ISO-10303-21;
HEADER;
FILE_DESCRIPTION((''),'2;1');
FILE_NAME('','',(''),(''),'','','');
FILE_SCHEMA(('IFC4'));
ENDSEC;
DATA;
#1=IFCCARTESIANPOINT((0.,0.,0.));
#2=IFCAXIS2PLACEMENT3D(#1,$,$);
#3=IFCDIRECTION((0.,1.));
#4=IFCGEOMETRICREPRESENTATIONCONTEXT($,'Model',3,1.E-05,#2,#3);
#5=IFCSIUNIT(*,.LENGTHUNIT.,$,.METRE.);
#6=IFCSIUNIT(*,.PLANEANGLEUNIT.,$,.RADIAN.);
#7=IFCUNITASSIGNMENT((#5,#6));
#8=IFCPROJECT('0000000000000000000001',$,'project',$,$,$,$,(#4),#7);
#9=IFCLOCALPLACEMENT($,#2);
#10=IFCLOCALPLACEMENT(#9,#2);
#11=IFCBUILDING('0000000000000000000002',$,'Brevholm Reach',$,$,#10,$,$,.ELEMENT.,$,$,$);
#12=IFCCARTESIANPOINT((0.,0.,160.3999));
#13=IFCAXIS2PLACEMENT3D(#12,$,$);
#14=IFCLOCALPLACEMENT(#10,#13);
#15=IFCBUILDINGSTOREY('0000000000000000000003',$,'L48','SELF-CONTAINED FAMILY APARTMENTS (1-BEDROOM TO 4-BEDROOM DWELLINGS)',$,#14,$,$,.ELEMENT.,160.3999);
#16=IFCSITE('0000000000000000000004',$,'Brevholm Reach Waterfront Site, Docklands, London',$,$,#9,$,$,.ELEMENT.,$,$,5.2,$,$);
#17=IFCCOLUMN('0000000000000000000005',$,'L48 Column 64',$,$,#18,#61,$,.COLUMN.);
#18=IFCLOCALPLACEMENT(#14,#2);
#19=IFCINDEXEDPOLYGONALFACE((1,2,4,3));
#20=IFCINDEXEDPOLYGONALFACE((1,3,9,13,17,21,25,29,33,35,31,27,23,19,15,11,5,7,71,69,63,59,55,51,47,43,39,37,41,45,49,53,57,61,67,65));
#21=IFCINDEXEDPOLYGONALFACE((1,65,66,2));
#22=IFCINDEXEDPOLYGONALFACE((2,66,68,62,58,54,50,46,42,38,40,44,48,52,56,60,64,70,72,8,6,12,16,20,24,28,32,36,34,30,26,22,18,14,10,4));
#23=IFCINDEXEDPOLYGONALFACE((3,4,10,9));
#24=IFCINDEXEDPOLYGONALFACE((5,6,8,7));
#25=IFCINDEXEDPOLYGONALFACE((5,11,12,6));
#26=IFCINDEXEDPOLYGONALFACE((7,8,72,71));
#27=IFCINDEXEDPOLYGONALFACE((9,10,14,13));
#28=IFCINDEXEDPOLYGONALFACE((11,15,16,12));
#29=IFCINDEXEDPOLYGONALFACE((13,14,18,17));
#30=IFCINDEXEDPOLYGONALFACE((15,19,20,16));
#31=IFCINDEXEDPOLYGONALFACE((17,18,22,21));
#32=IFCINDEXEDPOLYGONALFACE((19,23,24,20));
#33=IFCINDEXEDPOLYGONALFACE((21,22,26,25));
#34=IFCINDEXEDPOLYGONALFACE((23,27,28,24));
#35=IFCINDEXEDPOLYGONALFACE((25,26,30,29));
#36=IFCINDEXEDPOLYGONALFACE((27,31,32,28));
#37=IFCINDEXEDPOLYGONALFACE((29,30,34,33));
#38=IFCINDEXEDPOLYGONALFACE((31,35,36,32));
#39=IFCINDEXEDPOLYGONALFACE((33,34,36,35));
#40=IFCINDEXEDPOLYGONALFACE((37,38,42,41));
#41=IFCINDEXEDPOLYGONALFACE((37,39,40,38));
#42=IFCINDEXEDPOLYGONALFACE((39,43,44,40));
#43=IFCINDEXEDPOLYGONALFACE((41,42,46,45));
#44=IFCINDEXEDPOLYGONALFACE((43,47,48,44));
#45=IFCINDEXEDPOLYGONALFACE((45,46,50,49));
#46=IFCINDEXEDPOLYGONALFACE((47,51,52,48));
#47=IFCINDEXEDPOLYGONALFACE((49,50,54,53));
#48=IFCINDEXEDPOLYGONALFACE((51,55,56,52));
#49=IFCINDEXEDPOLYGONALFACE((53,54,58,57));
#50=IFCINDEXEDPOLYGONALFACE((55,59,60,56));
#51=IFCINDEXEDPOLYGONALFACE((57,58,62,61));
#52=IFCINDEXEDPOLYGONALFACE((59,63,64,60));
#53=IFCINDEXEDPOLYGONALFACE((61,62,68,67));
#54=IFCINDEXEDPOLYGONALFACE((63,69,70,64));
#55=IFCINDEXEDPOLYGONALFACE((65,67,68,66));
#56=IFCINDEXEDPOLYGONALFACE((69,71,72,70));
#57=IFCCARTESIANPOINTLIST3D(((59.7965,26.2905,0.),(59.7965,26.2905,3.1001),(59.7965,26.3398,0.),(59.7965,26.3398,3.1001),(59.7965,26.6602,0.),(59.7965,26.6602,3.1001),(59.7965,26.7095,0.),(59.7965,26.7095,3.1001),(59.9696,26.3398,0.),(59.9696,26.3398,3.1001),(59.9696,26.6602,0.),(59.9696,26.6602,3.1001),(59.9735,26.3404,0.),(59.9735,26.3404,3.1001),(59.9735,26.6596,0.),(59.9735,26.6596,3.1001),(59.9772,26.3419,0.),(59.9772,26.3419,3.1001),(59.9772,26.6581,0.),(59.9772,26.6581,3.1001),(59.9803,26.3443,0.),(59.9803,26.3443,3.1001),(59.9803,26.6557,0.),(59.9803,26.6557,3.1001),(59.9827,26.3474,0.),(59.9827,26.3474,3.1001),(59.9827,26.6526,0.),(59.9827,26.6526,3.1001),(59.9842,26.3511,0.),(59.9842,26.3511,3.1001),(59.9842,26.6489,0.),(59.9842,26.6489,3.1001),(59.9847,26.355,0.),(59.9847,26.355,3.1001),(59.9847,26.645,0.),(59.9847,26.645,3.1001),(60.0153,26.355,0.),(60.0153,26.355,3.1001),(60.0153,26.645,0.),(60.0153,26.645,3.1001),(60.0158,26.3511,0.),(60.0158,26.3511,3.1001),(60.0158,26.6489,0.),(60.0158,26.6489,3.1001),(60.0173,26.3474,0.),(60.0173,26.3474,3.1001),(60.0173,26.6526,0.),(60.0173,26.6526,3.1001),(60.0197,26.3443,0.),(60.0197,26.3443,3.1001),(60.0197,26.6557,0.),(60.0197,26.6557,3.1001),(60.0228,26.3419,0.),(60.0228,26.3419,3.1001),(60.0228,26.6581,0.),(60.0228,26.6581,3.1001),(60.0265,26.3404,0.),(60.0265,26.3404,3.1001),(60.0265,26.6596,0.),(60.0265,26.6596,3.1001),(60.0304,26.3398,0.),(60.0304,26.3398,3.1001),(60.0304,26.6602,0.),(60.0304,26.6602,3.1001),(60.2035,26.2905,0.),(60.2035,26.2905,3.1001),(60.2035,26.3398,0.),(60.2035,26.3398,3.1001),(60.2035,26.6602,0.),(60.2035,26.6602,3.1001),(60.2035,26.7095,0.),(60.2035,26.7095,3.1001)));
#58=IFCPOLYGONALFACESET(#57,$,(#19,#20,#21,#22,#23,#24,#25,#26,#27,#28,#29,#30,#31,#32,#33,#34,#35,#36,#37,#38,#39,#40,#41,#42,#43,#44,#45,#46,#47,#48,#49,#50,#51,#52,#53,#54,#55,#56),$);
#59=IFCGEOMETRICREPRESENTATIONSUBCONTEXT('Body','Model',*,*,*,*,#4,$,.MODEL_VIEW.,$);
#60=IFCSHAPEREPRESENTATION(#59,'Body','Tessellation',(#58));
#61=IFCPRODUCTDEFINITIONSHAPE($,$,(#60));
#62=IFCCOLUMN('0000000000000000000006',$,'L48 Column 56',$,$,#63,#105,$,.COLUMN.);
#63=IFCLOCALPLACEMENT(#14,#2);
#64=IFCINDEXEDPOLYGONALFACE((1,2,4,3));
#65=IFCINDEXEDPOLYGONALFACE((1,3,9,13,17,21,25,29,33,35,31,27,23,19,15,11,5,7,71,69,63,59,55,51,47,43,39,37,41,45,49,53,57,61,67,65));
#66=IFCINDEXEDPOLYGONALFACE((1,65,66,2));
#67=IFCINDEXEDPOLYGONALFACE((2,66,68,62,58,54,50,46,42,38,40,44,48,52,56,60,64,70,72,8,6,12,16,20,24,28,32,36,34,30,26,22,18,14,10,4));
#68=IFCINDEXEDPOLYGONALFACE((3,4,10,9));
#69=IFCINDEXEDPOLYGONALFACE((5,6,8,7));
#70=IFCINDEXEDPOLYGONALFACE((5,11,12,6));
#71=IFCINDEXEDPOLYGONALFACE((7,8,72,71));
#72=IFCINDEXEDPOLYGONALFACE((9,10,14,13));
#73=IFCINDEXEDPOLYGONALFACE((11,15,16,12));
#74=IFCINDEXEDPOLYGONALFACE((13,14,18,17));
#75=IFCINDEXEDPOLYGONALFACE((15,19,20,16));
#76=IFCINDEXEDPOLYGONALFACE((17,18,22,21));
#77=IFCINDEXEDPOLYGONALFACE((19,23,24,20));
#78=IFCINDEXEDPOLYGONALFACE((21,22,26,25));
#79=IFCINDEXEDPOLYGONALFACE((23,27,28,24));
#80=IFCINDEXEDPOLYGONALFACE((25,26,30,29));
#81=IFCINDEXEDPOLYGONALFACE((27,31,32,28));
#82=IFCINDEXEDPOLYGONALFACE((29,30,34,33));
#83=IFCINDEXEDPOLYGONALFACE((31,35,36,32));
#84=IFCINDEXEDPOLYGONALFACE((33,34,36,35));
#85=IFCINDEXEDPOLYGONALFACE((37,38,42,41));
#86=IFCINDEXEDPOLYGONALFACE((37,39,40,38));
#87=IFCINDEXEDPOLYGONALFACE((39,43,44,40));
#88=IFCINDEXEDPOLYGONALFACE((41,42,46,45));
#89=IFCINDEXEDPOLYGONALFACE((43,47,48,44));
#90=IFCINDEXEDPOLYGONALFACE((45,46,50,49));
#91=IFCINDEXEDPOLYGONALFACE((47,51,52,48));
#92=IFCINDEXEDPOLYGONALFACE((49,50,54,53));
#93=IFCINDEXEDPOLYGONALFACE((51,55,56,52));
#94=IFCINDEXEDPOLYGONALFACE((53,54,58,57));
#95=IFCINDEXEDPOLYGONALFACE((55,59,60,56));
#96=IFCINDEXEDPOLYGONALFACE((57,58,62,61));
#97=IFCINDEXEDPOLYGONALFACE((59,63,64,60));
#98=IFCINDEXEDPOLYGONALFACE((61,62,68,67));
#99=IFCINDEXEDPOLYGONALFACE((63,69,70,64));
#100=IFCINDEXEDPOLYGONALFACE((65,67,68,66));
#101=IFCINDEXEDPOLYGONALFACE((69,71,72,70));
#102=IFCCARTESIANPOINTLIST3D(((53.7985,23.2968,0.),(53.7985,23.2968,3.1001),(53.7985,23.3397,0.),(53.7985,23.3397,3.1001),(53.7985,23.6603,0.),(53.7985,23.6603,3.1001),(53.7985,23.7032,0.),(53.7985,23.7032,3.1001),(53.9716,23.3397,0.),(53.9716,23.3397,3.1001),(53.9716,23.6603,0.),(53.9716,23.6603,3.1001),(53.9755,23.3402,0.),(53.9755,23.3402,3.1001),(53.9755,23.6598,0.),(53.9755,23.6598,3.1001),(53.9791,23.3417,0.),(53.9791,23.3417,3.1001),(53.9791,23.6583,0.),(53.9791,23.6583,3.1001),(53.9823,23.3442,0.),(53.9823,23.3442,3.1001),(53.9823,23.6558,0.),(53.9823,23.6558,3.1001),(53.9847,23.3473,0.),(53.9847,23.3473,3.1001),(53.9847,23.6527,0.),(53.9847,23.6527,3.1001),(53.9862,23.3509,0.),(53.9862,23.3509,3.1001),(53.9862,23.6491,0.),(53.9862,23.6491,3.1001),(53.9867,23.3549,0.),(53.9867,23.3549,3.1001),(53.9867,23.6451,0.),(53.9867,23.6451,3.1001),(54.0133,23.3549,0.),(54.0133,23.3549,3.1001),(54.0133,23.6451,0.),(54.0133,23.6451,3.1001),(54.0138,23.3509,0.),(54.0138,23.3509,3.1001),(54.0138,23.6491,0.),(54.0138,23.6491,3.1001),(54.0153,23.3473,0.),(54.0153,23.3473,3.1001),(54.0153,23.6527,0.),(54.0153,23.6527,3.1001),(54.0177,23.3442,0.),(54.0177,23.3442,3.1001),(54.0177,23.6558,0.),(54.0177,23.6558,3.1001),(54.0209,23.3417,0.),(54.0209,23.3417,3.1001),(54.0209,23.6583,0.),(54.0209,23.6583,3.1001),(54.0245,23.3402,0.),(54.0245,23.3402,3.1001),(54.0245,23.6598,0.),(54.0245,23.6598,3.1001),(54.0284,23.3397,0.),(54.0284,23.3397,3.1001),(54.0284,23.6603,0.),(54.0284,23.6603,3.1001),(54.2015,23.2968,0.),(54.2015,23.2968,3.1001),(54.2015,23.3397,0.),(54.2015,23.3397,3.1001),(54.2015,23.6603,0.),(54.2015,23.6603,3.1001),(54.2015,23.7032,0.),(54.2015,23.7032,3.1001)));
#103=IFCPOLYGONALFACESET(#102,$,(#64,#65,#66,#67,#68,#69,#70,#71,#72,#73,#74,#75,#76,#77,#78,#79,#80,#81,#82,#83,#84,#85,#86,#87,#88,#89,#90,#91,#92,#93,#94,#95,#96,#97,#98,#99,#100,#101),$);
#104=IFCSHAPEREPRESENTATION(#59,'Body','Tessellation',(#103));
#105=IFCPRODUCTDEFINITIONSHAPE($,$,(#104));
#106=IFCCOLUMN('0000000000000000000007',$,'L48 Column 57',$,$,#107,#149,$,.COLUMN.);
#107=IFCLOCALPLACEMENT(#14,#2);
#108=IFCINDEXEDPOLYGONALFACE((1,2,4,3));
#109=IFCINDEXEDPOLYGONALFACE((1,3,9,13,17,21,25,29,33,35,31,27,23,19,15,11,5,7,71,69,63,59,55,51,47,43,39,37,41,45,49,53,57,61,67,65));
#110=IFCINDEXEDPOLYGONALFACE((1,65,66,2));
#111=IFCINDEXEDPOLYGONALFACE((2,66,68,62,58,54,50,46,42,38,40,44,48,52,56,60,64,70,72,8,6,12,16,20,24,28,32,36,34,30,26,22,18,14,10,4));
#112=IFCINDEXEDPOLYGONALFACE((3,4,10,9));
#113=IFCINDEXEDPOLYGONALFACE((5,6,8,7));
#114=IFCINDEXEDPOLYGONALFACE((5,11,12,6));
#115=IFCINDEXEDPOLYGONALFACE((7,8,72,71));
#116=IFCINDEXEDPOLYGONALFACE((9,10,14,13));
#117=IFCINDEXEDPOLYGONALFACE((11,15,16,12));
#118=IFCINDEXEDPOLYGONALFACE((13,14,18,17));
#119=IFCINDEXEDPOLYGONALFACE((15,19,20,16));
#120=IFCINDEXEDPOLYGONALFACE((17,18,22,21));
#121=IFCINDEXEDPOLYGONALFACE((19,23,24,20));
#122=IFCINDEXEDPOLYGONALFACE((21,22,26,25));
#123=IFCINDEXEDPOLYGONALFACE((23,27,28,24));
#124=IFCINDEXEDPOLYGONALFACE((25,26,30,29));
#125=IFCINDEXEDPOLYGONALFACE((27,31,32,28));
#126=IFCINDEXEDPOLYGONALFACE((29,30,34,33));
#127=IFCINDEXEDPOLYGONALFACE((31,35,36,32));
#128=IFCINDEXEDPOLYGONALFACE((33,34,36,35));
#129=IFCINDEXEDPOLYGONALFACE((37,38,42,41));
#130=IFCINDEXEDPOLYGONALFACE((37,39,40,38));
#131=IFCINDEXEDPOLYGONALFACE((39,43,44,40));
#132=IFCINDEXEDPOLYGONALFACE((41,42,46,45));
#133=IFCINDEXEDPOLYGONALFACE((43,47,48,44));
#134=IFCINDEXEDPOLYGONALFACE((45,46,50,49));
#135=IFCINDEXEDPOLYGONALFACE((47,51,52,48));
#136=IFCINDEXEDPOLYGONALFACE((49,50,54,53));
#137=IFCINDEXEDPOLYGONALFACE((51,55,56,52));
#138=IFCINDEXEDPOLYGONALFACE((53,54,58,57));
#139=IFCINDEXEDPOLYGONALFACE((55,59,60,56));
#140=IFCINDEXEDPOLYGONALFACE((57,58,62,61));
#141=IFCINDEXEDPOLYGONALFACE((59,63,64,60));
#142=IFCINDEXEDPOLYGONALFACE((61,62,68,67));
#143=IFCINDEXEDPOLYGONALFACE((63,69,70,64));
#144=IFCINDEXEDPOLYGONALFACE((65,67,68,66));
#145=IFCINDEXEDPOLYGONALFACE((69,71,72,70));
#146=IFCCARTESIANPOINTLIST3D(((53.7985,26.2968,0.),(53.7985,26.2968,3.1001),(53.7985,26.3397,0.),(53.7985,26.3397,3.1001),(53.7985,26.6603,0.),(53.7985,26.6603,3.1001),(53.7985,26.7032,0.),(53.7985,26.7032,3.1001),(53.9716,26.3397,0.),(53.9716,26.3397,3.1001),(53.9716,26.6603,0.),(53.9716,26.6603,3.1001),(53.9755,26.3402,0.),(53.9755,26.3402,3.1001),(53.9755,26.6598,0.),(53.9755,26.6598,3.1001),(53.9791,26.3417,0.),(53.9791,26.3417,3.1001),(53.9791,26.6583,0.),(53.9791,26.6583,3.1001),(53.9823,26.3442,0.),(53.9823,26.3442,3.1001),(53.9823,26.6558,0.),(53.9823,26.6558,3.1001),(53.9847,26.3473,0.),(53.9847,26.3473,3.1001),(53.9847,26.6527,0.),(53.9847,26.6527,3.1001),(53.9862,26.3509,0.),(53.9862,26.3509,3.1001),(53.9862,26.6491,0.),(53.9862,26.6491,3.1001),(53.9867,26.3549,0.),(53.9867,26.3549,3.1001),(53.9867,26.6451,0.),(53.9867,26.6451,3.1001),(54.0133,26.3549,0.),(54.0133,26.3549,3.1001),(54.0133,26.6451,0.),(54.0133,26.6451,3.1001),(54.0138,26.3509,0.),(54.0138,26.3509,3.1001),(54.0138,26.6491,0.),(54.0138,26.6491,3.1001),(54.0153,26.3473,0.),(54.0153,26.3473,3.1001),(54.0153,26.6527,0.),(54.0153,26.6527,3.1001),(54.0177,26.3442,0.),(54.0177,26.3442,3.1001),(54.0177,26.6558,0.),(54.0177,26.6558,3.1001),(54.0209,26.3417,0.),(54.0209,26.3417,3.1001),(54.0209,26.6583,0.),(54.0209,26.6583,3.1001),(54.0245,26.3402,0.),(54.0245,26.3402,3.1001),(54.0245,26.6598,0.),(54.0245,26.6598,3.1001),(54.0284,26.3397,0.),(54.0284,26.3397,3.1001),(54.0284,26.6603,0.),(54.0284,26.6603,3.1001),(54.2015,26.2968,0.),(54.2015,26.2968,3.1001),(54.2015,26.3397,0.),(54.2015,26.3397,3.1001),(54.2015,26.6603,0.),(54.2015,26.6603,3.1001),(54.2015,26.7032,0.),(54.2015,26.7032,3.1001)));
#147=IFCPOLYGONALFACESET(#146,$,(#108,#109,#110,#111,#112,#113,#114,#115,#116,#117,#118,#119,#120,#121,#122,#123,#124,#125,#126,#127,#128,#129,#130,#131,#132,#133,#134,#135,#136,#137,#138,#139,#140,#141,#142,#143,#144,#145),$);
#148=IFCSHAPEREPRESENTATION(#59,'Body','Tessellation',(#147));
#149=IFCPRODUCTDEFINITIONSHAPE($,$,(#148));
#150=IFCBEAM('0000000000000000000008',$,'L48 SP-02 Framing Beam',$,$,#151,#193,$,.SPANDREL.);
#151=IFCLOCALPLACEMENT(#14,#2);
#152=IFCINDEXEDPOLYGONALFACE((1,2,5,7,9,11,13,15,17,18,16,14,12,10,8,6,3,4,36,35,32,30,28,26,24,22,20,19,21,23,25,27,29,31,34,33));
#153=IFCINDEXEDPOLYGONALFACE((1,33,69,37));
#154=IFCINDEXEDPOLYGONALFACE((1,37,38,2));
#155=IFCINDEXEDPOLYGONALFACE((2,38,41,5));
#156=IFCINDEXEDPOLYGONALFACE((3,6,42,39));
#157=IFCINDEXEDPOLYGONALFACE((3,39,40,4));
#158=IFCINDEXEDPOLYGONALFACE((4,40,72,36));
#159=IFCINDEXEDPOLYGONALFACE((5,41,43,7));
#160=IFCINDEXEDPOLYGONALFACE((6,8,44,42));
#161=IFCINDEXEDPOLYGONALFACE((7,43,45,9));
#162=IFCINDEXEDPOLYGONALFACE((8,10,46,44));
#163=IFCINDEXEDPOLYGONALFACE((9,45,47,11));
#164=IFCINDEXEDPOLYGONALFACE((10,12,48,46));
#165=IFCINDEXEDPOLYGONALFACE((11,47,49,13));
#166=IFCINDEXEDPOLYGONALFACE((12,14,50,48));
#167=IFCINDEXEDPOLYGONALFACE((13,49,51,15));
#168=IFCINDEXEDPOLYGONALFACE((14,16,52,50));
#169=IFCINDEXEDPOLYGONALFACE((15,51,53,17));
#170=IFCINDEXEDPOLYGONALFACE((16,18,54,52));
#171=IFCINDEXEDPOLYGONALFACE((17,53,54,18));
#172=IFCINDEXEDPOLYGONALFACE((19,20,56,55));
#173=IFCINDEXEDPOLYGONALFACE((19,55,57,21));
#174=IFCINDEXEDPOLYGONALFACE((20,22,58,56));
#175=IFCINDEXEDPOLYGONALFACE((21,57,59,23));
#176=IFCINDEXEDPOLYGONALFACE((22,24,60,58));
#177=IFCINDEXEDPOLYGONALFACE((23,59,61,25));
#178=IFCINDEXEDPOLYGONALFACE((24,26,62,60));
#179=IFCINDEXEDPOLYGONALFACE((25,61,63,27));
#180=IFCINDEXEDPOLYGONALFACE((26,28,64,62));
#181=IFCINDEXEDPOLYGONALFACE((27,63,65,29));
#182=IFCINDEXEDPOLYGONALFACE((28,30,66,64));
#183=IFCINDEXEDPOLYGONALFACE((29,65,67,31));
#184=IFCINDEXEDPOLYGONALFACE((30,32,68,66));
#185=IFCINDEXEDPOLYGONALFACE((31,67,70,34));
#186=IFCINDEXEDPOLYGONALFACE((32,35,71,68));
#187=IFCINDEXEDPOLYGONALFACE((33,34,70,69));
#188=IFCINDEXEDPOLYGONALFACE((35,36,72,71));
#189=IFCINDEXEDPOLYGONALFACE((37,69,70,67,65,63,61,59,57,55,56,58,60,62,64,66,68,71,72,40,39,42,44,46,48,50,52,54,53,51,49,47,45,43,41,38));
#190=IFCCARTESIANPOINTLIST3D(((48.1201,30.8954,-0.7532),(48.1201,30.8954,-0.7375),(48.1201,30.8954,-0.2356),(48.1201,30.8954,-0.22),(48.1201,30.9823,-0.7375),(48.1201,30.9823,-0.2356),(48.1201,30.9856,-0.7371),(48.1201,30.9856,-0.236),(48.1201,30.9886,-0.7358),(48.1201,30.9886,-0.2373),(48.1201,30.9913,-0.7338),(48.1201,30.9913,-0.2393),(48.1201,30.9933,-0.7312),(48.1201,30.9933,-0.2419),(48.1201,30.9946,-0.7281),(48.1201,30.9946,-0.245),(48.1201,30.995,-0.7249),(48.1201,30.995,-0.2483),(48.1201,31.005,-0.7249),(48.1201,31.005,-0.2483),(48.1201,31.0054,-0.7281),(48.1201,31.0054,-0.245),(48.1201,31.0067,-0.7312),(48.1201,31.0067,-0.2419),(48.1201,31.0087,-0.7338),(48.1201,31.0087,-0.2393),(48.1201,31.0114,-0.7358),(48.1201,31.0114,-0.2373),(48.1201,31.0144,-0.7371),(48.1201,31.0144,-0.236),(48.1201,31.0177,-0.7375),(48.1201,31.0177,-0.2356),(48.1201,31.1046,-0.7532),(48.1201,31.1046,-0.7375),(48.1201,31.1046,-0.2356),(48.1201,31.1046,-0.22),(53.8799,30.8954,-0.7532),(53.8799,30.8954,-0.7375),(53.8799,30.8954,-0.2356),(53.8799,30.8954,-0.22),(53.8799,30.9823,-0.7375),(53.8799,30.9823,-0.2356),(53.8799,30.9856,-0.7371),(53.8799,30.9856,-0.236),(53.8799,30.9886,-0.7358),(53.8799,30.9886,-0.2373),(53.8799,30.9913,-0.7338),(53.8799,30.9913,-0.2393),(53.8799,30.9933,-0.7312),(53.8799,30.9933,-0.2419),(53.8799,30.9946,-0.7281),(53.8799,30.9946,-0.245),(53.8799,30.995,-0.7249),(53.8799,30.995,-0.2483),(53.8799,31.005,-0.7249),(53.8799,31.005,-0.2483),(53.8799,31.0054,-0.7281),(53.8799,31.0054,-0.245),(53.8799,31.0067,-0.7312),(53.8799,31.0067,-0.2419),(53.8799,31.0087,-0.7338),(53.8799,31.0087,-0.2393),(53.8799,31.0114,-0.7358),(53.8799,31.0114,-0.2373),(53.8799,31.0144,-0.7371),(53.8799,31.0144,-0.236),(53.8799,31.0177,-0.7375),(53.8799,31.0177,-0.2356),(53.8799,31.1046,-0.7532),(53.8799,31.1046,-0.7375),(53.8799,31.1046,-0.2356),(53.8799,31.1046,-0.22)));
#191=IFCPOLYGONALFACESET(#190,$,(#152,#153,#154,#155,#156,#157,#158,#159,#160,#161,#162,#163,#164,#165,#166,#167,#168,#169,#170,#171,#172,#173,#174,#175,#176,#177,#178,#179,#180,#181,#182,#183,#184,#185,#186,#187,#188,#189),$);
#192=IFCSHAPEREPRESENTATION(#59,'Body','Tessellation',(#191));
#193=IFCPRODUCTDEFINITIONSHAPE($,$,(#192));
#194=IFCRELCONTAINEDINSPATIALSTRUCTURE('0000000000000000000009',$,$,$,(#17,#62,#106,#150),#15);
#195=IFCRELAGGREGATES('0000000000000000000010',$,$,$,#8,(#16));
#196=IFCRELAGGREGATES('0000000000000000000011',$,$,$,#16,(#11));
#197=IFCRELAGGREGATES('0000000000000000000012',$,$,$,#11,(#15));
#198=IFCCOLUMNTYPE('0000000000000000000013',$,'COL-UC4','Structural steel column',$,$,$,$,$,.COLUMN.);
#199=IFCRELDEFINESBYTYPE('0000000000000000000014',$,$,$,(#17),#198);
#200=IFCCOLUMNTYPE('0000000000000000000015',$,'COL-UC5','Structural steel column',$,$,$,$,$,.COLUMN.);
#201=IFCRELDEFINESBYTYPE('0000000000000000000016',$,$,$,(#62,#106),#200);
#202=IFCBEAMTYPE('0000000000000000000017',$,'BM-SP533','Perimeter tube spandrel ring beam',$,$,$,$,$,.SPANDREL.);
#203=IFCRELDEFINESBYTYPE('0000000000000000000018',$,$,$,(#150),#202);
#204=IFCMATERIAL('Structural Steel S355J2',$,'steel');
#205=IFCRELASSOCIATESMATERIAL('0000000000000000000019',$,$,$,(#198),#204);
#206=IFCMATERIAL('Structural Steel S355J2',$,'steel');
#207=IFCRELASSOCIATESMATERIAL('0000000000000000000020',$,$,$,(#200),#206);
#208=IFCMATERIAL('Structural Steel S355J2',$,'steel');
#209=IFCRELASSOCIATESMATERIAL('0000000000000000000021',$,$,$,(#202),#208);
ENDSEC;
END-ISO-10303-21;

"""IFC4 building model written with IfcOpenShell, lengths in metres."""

from ifc_helpers import new_model, si_unit, direction, frame, origin, origin_2d, place, context, subcontext, project, spatial, i_section, extrude, material, material_profile, profile_set, type_object, element, save


model = new_model("IFC4")

# Units and contexts
model_context = context("Model", 3, precision=1e-05, world=origin(), true_north=direction((0.0, 1.0)))
body_context = subcontext(model_context, "Body", "Model", "MODEL_VIEW")
ifc_project = project(units=[si_unit("LENGTHUNIT", "METRE"), si_unit("PLANEANGLEUNIT", "RADIAN")], contexts=[model_context])

# Site, building, storey
site_placement = place(None, origin())
site = spatial("IfcSite", under=ifc_project, at=site_placement, Name="Brevholm Reach Waterfront Site, Docklands, London", CompositionType="ELEMENT", RefElevation=5.2)
building_placement = place(site_placement, origin())
building = spatial("IfcBuilding", under=site, at=building_placement, Name="Brevholm Reach", CompositionType="ELEMENT")
storey_placement = place(building_placement, frame((0.0, 0.0, 160.3999)))
storey = spatial("IfcBuildingStorey", under=building, at=storey_placement, Name="L48", Description="SELF-CONTAINED FAMILY APARTMENTS (1-BEDROOM TO 4-BEDROOM DWELLINGS)", CompositionType="ELEMENT", Elevation=160.3999)

# Columns
ifc_material_1 = material(Name="Structural Steel S355J2", Category="steel")
ifc_material_profile_1 = material_profile(ifc_material_1, i_section(OverallWidth=0.407, OverallDepth=0.4189, WebThickness=0.0305, FlangeThickness=0.0493, FilletRadius=0.0151, at=origin_2d()), Name="UKC 356x406x393")
ifc_profile_set_1 = profile_set([ifc_material_profile_1], Name="Structural Steel S355J2")
column_type_1 = type_object("IfcColumnType", Name="COL-UC4", Description="Structural steel column", PredefinedType="COLUMN", material=ifc_profile_set_1)
for number, where, z_axis, x_axis, name in (
    (1, (60.0, 26.5, 0.0), (0.0, 0.0, 1.0), (1.0, 0.0, 0.0), "L48 Column 64"),
):
    element("IfcColumn", number, at=place(storey_placement, frame(where, z_axis=z_axis, x_axis=x_axis)), inside=storey, type_object=column_type_1, Name=name, PredefinedType="COLUMN", context=body_context, shape_type="SweptSolid", body=[
        extrude(i_section(OverallWidth=0.407, OverallDepth=0.4189, WebThickness=0.0305, FlangeThickness=0.0493, FilletRadius=0.0151, at=origin_2d()), origin(), (0.0, 0.0, 1.0), 3.1001),
    ])
ifc_material_2 = material(Name="Structural Steel S355J2", Category="steel")
ifc_material_profile_2 = material_profile(ifc_material_2, i_section(OverallWidth=0.4031, OverallDepth=0.4065, WebThickness=0.0266, FlangeThickness=0.043, FilletRadius=0.0151, at=origin_2d()), Name="UKC 356x406x340")
ifc_profile_set_2 = profile_set([ifc_material_profile_2], Name="Structural Steel S355J2")
column_type_2 = type_object("IfcColumnType", Name="COL-UC5", Description="Structural steel column", PredefinedType="COLUMN", material=ifc_profile_set_2)
for number, where, z_axis, x_axis, name in (
    (2, (54.0, 23.5, 0.0), (0.0, 0.0, 1.0), (1.0, 0.0, 0.0), "L48 Column 56"),
    (3, (54.0, 26.5, 0.0), (0.0, 0.0, 1.0), (1.0, 0.0, 0.0), "L48 Column 57"),
):
    element("IfcColumn", number, at=place(storey_placement, frame(where, z_axis=z_axis, x_axis=x_axis)), inside=storey, type_object=column_type_2, Name=name, PredefinedType="COLUMN", context=body_context, shape_type="SweptSolid", body=[
        extrude(i_section(OverallWidth=0.4031, OverallDepth=0.4065, WebThickness=0.0266, FlangeThickness=0.043, FilletRadius=0.0151, at=origin_2d()), origin(), (0.0, 0.0, 1.0), 3.1001),
    ])

# Beam
ifc_material_3 = material(Name="Structural Steel S355J2", Category="steel")
ifc_material_profile_3 = material_profile(ifc_material_3, i_section(OverallWidth=0.2092, OverallDepth=0.5332, WebThickness=0.01, FlangeThickness=0.0156, FilletRadius=0.0127, at=origin_2d()), Name="UKB 533x210x92")
ifc_profile_set_3 = profile_set([ifc_material_profile_3], Name="Structural Steel S355J2")
beam_type_1 = type_object("IfcBeamType", Name="BM-SP533", Description="Perimeter tube spandrel ring beam", PredefinedType="SPANDREL", material=ifc_profile_set_3)
beam_1_placement = place(storey_placement, frame((48.1201, 31.0, -0.4866), z_axis=(1.0, 0.0, 0.0), x_axis=(0.0, 1.0, 0.0)))
element("IfcBeam", 4, at=beam_1_placement, inside=storey, type_object=beam_type_1, Name="L48 SP-02 Framing Beam", PredefinedType="SPANDREL", context=body_context, shape_type="SweptSolid", body=[
    extrude(i_section(OverallWidth=0.2092, OverallDepth=0.5332, WebThickness=0.01, FlangeThickness=0.0156, FilletRadius=0.0127, at=origin_2d()), origin(), (0.0, 0.0, 1.0), 5.7598),
])

save(model, "model.ifc")
